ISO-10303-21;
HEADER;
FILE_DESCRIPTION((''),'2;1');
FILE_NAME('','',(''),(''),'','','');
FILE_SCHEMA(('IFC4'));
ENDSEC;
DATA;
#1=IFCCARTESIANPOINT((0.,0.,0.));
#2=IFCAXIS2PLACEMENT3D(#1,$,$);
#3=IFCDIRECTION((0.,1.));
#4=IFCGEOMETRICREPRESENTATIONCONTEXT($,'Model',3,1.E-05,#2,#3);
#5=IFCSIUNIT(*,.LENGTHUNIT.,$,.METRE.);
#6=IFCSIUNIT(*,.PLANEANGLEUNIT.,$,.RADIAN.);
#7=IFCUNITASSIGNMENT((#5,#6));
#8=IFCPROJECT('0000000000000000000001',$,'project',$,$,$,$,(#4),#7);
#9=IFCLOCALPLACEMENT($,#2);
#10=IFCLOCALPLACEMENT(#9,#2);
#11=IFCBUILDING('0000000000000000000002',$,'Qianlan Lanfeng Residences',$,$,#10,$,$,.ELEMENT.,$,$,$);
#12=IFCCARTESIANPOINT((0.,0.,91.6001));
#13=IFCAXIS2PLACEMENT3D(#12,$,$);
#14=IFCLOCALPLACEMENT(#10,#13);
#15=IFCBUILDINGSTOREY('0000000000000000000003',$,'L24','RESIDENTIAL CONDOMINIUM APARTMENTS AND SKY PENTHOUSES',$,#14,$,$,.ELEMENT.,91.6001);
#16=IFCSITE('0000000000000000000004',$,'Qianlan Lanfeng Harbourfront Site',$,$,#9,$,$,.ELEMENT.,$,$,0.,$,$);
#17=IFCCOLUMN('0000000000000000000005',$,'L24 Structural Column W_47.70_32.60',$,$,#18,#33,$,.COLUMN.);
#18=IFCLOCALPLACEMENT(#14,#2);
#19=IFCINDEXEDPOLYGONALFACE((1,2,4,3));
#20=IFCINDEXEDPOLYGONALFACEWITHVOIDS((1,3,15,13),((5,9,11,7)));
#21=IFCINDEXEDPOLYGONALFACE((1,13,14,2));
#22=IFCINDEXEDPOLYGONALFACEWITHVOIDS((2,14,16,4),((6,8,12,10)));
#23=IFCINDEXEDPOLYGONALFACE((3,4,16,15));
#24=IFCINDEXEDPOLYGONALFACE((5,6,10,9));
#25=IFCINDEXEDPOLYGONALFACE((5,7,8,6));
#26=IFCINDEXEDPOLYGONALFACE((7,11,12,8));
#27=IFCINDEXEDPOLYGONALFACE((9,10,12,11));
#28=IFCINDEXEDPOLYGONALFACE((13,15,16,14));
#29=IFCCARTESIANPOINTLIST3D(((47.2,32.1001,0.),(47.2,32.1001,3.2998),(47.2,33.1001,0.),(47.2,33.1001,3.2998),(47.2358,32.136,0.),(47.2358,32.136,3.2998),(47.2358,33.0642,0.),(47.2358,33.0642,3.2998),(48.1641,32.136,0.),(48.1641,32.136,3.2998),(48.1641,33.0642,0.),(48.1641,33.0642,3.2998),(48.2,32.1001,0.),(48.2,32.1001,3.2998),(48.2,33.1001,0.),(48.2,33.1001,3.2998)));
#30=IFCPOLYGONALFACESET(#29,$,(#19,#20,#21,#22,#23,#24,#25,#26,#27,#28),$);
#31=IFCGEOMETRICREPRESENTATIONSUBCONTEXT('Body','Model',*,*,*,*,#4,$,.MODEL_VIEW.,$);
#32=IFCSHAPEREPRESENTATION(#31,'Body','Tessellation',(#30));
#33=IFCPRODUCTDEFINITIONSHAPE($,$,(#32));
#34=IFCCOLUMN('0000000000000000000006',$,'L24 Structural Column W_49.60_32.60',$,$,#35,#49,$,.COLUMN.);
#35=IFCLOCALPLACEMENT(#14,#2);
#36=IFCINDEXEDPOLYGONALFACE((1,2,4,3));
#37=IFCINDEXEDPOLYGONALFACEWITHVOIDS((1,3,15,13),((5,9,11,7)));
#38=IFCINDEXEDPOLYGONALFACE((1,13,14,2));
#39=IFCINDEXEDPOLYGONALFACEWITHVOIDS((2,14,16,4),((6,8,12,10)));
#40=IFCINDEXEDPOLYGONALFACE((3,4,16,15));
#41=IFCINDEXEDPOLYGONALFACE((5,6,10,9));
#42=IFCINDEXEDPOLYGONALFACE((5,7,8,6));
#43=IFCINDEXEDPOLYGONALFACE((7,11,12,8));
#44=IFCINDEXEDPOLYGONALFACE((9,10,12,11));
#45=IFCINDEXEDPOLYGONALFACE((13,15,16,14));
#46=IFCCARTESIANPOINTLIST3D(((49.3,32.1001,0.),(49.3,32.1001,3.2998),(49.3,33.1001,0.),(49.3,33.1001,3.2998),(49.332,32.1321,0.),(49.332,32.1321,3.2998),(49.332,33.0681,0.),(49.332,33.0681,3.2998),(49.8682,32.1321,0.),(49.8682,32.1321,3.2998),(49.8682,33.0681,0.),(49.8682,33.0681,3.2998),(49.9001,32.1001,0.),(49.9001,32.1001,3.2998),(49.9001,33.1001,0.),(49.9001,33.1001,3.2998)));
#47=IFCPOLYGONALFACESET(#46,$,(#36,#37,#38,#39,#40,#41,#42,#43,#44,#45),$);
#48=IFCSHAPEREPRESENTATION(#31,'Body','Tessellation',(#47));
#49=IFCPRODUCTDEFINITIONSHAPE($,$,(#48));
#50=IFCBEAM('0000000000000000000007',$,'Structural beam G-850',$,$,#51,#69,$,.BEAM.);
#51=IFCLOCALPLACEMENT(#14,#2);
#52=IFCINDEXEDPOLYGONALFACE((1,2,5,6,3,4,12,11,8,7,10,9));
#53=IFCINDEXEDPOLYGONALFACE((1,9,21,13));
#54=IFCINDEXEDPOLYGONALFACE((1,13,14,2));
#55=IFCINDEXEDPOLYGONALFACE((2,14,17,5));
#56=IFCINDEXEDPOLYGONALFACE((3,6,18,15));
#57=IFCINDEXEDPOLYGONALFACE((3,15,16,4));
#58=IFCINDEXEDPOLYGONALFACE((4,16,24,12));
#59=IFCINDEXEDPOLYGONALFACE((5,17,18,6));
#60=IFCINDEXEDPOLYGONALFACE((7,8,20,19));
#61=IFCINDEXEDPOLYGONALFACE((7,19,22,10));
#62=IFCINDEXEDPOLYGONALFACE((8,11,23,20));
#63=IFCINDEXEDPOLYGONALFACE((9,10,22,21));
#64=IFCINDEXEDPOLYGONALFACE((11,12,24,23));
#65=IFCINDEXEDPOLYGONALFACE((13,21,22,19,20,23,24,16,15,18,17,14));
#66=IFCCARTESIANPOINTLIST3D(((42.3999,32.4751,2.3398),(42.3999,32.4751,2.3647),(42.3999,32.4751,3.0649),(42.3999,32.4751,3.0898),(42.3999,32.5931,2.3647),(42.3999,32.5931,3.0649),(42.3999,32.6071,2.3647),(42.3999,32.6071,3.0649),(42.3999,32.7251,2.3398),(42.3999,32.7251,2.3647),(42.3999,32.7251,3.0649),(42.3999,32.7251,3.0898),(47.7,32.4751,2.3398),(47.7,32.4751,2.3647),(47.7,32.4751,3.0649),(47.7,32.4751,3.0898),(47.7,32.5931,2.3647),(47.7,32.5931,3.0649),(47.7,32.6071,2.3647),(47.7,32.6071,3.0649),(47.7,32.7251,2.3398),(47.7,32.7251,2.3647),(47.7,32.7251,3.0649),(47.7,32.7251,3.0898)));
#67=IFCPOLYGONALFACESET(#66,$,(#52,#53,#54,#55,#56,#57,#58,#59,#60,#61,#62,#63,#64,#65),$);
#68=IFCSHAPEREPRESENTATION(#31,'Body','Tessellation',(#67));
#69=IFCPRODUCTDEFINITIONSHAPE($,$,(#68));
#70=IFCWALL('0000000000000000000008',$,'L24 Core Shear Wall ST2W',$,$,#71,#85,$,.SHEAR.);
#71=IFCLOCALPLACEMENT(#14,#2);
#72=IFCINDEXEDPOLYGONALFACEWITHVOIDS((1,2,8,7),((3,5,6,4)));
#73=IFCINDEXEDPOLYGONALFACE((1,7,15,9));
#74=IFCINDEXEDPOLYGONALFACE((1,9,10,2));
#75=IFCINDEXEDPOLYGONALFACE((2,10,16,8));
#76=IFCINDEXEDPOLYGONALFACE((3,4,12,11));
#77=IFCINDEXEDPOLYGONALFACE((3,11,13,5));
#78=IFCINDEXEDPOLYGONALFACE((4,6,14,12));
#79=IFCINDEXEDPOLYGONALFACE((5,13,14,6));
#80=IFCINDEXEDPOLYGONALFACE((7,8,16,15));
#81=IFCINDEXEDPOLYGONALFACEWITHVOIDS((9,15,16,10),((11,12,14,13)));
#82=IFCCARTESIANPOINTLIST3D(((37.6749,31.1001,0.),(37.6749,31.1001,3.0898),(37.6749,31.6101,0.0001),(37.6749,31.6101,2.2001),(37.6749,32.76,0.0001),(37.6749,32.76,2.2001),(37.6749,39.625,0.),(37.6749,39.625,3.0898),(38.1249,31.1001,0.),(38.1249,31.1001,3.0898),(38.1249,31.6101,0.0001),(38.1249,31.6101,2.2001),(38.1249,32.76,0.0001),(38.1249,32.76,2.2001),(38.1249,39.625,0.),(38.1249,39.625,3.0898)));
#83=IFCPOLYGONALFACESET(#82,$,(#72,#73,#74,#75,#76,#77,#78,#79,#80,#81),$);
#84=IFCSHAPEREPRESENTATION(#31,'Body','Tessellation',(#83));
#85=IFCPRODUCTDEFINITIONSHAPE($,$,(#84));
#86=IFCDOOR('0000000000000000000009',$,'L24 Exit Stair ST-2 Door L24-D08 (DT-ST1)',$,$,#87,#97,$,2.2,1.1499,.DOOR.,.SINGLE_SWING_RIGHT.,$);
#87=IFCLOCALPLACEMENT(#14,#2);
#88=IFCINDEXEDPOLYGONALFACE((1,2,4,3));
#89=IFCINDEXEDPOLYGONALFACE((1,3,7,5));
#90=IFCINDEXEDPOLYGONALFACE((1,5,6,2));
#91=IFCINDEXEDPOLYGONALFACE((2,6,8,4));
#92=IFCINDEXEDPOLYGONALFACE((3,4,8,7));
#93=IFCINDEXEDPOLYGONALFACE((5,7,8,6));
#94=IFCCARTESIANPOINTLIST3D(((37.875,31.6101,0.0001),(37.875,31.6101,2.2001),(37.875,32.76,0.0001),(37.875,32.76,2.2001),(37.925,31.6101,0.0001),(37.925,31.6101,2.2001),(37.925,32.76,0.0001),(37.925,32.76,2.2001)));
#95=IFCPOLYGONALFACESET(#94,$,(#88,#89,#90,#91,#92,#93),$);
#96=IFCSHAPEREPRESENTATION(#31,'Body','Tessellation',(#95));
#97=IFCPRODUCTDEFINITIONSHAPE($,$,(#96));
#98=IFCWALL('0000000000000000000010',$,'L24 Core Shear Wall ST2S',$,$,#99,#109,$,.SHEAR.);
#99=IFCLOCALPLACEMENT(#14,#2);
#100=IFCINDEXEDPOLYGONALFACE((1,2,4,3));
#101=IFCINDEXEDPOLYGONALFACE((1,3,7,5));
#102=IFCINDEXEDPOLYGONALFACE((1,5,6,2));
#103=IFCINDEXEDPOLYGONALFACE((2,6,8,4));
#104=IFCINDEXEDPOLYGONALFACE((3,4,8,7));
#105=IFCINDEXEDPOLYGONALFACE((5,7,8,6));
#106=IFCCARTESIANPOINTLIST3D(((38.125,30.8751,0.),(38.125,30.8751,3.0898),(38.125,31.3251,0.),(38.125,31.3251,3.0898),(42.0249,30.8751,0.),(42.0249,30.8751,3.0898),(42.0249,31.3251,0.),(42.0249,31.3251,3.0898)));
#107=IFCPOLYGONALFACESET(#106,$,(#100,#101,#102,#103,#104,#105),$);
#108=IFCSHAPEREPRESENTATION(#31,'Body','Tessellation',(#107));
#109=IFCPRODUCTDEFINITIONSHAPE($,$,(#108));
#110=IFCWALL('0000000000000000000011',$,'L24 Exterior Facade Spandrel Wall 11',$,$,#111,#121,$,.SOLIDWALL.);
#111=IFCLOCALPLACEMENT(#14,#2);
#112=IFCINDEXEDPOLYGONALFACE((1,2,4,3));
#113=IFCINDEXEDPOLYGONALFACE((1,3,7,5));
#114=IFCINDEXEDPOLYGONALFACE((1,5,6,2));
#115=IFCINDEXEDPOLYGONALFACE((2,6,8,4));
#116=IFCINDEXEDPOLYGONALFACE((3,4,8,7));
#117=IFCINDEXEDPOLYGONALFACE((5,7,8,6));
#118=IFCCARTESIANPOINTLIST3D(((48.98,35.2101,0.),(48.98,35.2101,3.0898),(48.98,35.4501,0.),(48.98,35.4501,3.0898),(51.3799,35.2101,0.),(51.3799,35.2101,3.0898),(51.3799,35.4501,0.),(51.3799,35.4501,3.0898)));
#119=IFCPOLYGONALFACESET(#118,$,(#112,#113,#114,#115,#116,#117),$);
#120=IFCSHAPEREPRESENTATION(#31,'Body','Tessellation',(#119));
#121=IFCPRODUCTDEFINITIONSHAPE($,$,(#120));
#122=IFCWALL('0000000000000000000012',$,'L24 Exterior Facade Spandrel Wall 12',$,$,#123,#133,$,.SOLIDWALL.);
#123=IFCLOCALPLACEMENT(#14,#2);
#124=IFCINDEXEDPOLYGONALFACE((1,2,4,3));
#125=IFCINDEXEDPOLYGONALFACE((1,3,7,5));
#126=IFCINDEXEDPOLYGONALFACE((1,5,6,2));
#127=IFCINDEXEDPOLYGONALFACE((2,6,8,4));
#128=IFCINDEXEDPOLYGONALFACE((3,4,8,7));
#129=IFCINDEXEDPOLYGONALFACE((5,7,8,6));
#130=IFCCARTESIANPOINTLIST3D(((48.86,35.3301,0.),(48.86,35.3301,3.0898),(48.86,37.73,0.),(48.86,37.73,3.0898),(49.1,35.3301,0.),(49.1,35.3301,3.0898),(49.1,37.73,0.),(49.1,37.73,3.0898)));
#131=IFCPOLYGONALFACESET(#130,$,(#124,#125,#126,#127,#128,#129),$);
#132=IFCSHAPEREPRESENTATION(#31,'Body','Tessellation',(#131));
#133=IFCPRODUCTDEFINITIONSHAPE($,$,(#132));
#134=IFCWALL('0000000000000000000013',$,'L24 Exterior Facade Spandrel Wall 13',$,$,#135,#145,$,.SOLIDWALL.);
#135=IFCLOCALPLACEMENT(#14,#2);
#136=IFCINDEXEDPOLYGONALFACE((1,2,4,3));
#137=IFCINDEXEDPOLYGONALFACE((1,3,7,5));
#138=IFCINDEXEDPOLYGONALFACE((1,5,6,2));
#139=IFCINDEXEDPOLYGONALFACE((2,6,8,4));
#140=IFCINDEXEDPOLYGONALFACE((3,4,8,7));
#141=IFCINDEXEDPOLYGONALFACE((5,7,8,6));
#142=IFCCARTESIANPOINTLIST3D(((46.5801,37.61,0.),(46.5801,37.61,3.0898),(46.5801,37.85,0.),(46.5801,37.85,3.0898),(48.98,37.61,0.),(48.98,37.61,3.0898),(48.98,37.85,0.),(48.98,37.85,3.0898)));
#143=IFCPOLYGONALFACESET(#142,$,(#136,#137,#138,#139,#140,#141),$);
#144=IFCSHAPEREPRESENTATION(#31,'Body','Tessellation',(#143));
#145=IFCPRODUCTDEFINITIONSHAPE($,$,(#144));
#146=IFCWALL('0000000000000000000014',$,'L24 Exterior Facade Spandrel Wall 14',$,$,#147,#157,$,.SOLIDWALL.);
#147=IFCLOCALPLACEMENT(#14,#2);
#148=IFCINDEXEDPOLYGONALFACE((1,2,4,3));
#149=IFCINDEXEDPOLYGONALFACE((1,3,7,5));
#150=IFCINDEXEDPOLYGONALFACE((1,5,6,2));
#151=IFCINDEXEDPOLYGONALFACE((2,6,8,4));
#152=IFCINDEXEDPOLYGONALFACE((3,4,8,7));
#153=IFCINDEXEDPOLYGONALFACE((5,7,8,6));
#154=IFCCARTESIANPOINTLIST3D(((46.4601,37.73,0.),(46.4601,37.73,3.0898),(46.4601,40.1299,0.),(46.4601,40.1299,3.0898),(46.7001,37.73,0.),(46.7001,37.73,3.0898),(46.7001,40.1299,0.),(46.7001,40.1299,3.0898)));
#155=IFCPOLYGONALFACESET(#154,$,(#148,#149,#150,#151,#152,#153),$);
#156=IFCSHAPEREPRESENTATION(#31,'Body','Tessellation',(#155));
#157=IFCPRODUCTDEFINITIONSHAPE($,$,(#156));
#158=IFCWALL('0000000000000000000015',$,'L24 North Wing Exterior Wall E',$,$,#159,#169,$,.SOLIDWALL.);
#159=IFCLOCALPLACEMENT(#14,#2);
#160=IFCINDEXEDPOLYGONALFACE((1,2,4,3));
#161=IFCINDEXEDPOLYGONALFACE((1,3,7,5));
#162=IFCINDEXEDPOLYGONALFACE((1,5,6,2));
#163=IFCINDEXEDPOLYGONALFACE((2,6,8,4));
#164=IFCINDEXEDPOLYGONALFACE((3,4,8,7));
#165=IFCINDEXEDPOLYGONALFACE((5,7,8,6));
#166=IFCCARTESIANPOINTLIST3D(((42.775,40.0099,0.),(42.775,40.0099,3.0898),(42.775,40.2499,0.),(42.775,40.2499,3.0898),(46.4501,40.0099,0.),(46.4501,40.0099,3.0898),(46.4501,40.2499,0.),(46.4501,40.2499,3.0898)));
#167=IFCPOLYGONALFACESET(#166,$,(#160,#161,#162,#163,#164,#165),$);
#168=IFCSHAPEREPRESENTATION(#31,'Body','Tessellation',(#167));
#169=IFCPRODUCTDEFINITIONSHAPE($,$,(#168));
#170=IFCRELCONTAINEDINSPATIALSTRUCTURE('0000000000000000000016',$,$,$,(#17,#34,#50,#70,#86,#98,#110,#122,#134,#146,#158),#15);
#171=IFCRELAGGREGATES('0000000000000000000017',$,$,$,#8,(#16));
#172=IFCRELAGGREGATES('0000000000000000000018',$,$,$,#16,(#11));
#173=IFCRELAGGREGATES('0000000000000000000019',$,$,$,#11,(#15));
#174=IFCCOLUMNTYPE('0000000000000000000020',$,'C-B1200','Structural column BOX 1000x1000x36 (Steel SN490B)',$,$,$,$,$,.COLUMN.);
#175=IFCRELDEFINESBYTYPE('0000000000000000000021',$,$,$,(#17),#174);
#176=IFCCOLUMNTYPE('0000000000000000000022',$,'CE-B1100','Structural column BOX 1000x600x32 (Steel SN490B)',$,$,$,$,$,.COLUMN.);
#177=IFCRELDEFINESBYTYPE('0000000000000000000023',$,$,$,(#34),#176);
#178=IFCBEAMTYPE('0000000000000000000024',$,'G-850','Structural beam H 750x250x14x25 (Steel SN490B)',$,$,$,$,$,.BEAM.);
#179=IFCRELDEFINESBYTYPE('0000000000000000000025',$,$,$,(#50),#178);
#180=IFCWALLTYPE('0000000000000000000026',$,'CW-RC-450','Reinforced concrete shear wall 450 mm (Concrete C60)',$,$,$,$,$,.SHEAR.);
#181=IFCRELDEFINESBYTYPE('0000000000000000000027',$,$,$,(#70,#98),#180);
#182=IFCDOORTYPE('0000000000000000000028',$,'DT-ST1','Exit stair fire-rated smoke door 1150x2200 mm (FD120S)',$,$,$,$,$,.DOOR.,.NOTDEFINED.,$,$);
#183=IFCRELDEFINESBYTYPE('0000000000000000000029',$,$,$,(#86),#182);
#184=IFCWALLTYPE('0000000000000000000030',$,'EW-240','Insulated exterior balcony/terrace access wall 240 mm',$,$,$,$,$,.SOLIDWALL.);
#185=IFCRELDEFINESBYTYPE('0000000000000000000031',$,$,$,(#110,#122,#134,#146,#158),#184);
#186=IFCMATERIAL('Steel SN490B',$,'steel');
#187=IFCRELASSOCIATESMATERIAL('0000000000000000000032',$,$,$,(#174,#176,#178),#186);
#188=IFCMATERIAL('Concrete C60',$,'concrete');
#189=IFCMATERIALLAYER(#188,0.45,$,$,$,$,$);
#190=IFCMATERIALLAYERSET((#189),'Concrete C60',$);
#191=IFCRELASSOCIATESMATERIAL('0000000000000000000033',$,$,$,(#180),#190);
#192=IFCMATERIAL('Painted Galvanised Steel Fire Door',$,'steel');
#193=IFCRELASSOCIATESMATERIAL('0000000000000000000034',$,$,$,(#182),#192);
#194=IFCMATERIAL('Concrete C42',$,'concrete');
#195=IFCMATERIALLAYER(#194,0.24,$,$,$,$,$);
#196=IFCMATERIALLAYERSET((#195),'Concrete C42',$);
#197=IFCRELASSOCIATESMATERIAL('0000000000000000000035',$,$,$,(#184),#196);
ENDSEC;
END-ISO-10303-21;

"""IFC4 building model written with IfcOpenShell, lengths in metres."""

from ifc_helpers import new_model, si_unit, direction, frame, frame_2d, origin, origin_2d, place, context, subcontext, project, spatial, rectangle, hollow_rectangle, i_section, extrude, material, layer, layer_set, material_profile, profile_set, type_object, element, fill, save


model = new_model("IFC4")

# Units and contexts
model_context = context("Model", 3, precision=1e-05, world=origin(), true_north=direction((0.0, 1.0)))
body_context = subcontext(model_context, "Body", "Model", "MODEL_VIEW")
ifc_project = project(units=[si_unit("LENGTHUNIT", "METRE"), si_unit("PLANEANGLEUNIT", "RADIAN")], contexts=[model_context])

# Site, building, storey
site_placement = place(None, origin())
site = spatial("IfcSite", under=ifc_project, at=site_placement, Name="Qianlan Lanfeng Harbourfront Site", CompositionType="ELEMENT", RefElevation=0.0)
building_placement = place(site_placement, origin())
building = spatial("IfcBuilding", under=site, at=building_placement, Name="Qianlan Lanfeng Residences", CompositionType="ELEMENT")
storey_placement = place(building_placement, frame((0.0, 0.0, 91.6001)))
storey = spatial("IfcBuildingStorey", under=building, at=storey_placement, Name="L24", Description="RESIDENTIAL CONDOMINIUM APARTMENTS AND SKY PENTHOUSES", CompositionType="ELEMENT", Elevation=91.6001)

# Columns
ifc_material_1 = material(Name="Steel SN490B", Category="steel")
ifc_material_profile_1 = material_profile(ifc_material_1, hollow_rectangle(XDim=1.0, YDim=1.0, WallThickness=0.0359, at=origin_2d()), Name="BOX 1000x1000x36")
ifc_profile_set_1 = profile_set([ifc_material_profile_1], Name="Steel SN490B")
column_type_1 = type_object("IfcColumnType", Name="C-B1200", Description="Structural column BOX 1000x1000x36 (Steel SN490B)", PredefinedType="COLUMN", material=ifc_profile_set_1)
column_1_placement = place(storey_placement, frame((47.7, 32.6001, 0.0), z_axis=(0.0, 0.0, 1.0), x_axis=(1.0, 0.0, 0.0)))
element("IfcColumn", 1, at=column_1_placement, inside=storey, type_object=column_type_1, Name="L24 Structural Column W_47.70_32.60", PredefinedType="COLUMN", context=body_context, shape_type="SweptSolid", body=[
    extrude(hollow_rectangle(XDim=1.0, YDim=1.0, WallThickness=0.0359, at=origin_2d()), origin(), (0.0, 0.0, 1.0), 3.2998),
])
ifc_material_profile_2 = material_profile(ifc_material_1, hollow_rectangle(XDim=0.6001, YDim=1.0, WallThickness=0.032, at=origin_2d()), Name="BOX 1000x600x32")
ifc_profile_set_2 = profile_set([ifc_material_profile_2], Name="Steel SN490B")
column_type_2 = type_object("IfcColumnType", Name="CE-B1100", Description="Structural column BOX 1000x600x32 (Steel SN490B)", PredefinedType="COLUMN", material=ifc_profile_set_2)
column_2_placement = place(storey_placement, frame((49.6001, 32.6001, 0.0), z_axis=(0.0, 0.0, 1.0), x_axis=(1.0, 0.0, 0.0)))
element("IfcColumn", 2, at=column_2_placement, inside=storey, type_object=column_type_2, Name="L24 Structural Column W_49.60_32.60", PredefinedType="COLUMN", context=body_context, shape_type="SweptSolid", body=[
    extrude(hollow_rectangle(XDim=0.6001, YDim=1.0, WallThickness=0.032, at=origin_2d()), origin(), (0.0, 0.0, 1.0), 3.2998),
])

# Beam
ifc_material_profile_3 = material_profile(ifc_material_1, i_section(OverallWidth=0.25, OverallDepth=0.75, WebThickness=0.0139, FlangeThickness=0.0249, at=origin_2d()), Name="H 750x250x14x25")
ifc_profile_set_3 = profile_set([ifc_material_profile_3], Name="Steel SN490B")
beam_type = type_object("IfcBeamType", Name="G-850", Description="Structural beam H 750x250x14x25 (Steel SN490B)", PredefinedType="BEAM", material=ifc_profile_set_3)
beam_placement = place(storey_placement, frame((42.3999, 32.6001, 2.7148), z_axis=(1.0, 0.0, 0.0), x_axis=(0.0, 1.0, 0.0)))
element("IfcBeam", 3, at=beam_placement, inside=storey, type_object=beam_type, Name="Structural beam G-850", PredefinedType="BEAM", context=body_context, shape_type="SweptSolid", body=[
    extrude(i_section(OverallWidth=0.25, OverallDepth=0.75, WebThickness=0.0139, FlangeThickness=0.0249, at=origin_2d()), origin(), (0.0, 0.0, 1.0), 5.3),
])

# Wall, opening, door
ifc_material_2 = material(Name="Concrete C60", Category="concrete")
ifc_layer_1 = layer(ifc_material_2, 0.45)
ifc_layer_set_1 = layer_set([ifc_layer_1], Name="Concrete C60")
wall_type_1 = type_object("IfcWallType", Name="CW-RC-450", Description="Reinforced concrete shear wall 450 mm (Concrete C60)", PredefinedType="SHEAR", material=ifc_layer_set_1)
wall_1_placement = place(storey_placement, frame((37.8999, 31.1001, 0.0), z_axis=(0.0, 0.0, 1.0), x_axis=(0.0, 1.0, 0.0)))
wall_1 = element("IfcWall", 4, at=wall_1_placement, inside=storey, type_object=wall_type_1, Name="L24 Core Shear Wall ST2W", PredefinedType="SHEAR", context=body_context, shape_type="SweptSolid", body=[
    extrude(rectangle(XDim=8.5249, YDim=0.45, at=frame_2d((4.2625, 0.0))), origin(), (0.0, 0.0, 1.0), 3.0898),
])
opening_1_placement = place(wall_1_placement, frame((0.51, 0.0, 0.0)))
opening_1 = element("IfcOpeningElement", 5, at=opening_1_placement, cuts=wall_1, PredefinedType="OPENING", context=body_context, shape_type="SweptSolid", body=[
    extrude(rectangle(XDim=1.1499, YDim=2.2, at=frame_2d((0.575, 1.1001))), frame((0.0, 0.2349, 0.0), z_axis=(0.0, -1.0, 0.0), x_axis=(1.0, 0.0, 0.0)), (0.0, 0.0, 1.0), 0.47),
])
ifc_material_3 = material(Name="Painted Galvanised Steel Fire Door", Category="steel")
door_type_1 = type_object("IfcDoorType", Name="DT-ST1", Description="Exit stair fire-rated smoke door 1150x2200 mm (FD120S)", OperationType="NOTDEFINED", PredefinedType="DOOR", material=ifc_material_3)
door_1_placement = place(opening_1_placement, origin())
door_1 = element("IfcDoor", 6, at=door_1_placement, inside=storey, type_object=door_type_1, Name="L24 Exit Stair ST-2 Door L24-D08 (DT-ST1)", OperationType="SINGLE_SWING_RIGHT", OverallHeight=2.2, OverallWidth=1.1499, PredefinedType="DOOR", context=body_context, shape_type="SweptSolid", body=[
    extrude(rectangle(XDim=1.1499, YDim=2.2, at=frame_2d((0.575, 1.1001))), frame((0.0, 0.0249, 0.0), z_axis=(0.0, -1.0, 0.0), x_axis=(1.0, 0.0, 0.0)), (0.0, 0.0, 1.0), 0.05),
])
fill(opening_1, door_1)

# Walls
wall_2_placement = place(storey_placement, frame((38.125, 31.1001, 0.0), z_axis=(0.0, 0.0, 1.0), x_axis=(1.0, 0.0, 0.0)))
element("IfcWall", 7, at=wall_2_placement, inside=storey, type_object=wall_type_1, Name="L24 Core Shear Wall ST2S", PredefinedType="SHEAR", context=body_context, shape_type="SweptSolid", body=[
    extrude(rectangle(XDim=3.8999, YDim=0.45, at=frame_2d((1.95, 0.0))), origin(), (0.0, 0.0, 1.0), 3.0898),
])
ifc_material_4 = material(Name="Concrete C42", Category="concrete")
ifc_layer_2 = layer(ifc_material_4, 0.24)
ifc_layer_set_2 = layer_set([ifc_layer_2], Name="Concrete C42")
wall_type_2 = type_object("IfcWallType", Name="EW-240", Description="Insulated exterior balcony/terrace access wall 240 mm", PredefinedType="SOLIDWALL", material=ifc_layer_set_2)
for number, where, z_axis, x_axis, name in (
    (8, (51.3799, 35.3301, 0.0), (0.0, 0.0, 1.0), (-1.0, 0.0, 0.0), "L24 Exterior Facade Spandrel Wall 11"),
    (9, (48.98, 35.3301, 0.0), (0.0, 0.0, 1.0), (0.0, 1.0, 0.0), "L24 Exterior Facade Spandrel Wall 12"),
    (10, (48.98, 37.73, 0.0), (0.0, 0.0, 1.0), (-1.0, 0.0, 0.0), "L24 Exterior Facade Spandrel Wall 13"),
    (11, (46.5801, 37.73, 0.0), (0.0, 0.0, 1.0), (0.0, 1.0, 0.0), "L24 Exterior Facade Spandrel Wall 14"),
):
    element("IfcWall", number, at=place(storey_placement, frame(where, z_axis=z_axis, x_axis=x_axis)), inside=storey, type_object=wall_type_2, Name=name, PredefinedType="SOLIDWALL", context=body_context, shape_type="SweptSolid", body=[
        extrude(rectangle(XDim=2.3999, YDim=0.24, at=frame_2d((1.2, 0.0))), origin(), (0.0, 0.0, 1.0), 3.0898),
    ])
wall_3_placement = place(storey_placement, frame((46.45, 40.1299, 0.0), z_axis=(0.0, 0.0, 1.0), x_axis=(-1.0, 0.0, 0.0)))
element("IfcWall", 12, at=wall_3_placement, inside=storey, type_object=wall_type_2, Name="L24 North Wing Exterior Wall E", PredefinedType="SOLIDWALL", context=body_context, shape_type="SweptSolid", body=[
    extrude(rectangle(XDim=3.675, YDim=0.24, at=frame_2d((1.8374, 0.0))), origin(), (0.0, 0.0, 1.0), 3.0898),
])

save(model, "model.ifc")
